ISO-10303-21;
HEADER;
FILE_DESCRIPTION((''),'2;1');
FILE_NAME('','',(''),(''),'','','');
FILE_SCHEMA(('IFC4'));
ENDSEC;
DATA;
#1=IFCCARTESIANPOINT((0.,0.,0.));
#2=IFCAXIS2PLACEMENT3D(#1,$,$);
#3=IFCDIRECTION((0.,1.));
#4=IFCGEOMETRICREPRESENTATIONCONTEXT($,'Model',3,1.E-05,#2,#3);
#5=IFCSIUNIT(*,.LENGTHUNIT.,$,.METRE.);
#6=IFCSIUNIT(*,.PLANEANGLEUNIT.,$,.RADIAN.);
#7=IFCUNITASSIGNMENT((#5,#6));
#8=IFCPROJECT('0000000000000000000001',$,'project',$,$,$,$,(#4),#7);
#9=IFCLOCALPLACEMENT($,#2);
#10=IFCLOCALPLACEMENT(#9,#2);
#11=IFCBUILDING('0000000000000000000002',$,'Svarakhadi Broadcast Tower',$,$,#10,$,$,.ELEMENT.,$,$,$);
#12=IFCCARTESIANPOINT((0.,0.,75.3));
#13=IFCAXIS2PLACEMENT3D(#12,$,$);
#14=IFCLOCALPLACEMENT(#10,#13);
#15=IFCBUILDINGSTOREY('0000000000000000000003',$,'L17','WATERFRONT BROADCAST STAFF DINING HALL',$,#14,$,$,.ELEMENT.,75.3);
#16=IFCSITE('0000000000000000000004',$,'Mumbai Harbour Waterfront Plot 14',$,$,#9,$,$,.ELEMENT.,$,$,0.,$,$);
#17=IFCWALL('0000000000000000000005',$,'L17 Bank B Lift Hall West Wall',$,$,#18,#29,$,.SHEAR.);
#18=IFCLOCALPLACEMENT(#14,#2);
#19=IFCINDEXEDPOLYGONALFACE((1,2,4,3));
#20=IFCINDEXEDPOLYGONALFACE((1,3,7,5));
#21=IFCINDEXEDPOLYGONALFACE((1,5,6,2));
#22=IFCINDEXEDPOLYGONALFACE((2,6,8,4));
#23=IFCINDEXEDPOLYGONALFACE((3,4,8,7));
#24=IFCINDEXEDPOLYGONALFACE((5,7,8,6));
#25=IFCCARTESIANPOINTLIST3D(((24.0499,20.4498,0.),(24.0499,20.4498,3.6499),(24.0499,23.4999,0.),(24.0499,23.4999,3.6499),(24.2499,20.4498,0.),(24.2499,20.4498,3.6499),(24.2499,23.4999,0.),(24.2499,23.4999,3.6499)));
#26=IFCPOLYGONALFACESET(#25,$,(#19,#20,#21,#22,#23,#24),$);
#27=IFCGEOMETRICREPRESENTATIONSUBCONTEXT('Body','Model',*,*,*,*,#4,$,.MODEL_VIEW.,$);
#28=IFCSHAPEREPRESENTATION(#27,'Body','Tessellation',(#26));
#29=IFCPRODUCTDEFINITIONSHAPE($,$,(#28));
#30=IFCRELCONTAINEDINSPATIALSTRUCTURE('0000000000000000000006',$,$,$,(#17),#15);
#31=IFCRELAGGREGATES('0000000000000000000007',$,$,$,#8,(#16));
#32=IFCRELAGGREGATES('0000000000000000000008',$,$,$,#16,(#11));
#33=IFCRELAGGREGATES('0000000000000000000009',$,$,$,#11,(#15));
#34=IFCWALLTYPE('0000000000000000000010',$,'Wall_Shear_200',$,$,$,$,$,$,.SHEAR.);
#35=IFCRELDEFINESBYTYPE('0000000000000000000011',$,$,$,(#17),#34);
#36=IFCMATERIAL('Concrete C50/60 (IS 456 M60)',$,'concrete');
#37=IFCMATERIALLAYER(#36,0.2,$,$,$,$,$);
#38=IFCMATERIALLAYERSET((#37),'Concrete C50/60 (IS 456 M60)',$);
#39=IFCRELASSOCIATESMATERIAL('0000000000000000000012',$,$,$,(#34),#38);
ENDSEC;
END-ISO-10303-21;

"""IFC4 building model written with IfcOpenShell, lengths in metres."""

from ifc_helpers import new_model, si_unit, direction, frame, frame_2d, origin, place, context, subcontext, project, spatial, rectangle, extrude, material, layer, layer_set, type_object, element, save


model = new_model("IFC4")

# Units and contexts
model_context = context("Model", 3, precision=1e-05, world=origin(), true_north=direction((0.0, 1.0)))
body_context = subcontext(model_context, "Body", "Model", "MODEL_VIEW")
ifc_project = project(units=[si_unit("LENGTHUNIT", "METRE"), si_unit("PLANEANGLEUNIT", "RADIAN")], contexts=[model_context])

# Site, building, storey
site_placement = place(None, origin())
site = spatial("IfcSite", under=ifc_project, at=site_placement, Name="Mumbai Harbour Waterfront Plot 14", CompositionType="ELEMENT", RefElevation=0.0)
building_placement = place(site_placement, origin())
building = spatial("IfcBuilding", under=site, at=building_placement, Name="Svarakhadi Broadcast Tower", CompositionType="ELEMENT")
storey_placement = place(building_placement, frame((0.0, 0.0, 75.3)))
storey = spatial("IfcBuildingStorey", under=building, at=storey_placement, Name="L17", Description="WATERFRONT BROADCAST STAFF DINING HALL", CompositionType="ELEMENT", Elevation=75.3)

# Shared definitions
ifc_material_1 = material(Name="Concrete C50/60 (IS 456 M60)", Category="concrete")
ifc_layer_1 = layer(ifc_material_1, 0.2)
ifc_layer_set_1 = layer_set([ifc_layer_1], Name="Concrete C50/60 (IS 456 M60)")
wall_type_1 = type_object("IfcWallType", Name="Wall_Shear_200", PredefinedType="SHEAR", material=ifc_layer_set_1)

# Wall
wall_1_placement = place(storey_placement, frame((24.1499, 20.45, 0.0), z_axis=(0.0, 0.0, 1.0), x_axis=(0.0, 1.0, 0.0)))
element("IfcWall", 1, at=wall_1_placement, inside=storey, type_object=wall_type_1, Name="L17 Bank B Lift Hall West Wall", PredefinedType="SHEAR", context=body_context, shape_type="SweptSolid", body=[
    extrude(rectangle(XDim=3.05, YDim=0.2, at=frame_2d((1.5249, 0.0))), origin(), (0.0, 0.0, 1.0), 3.6499),
])

save(model, "model.ifc")
